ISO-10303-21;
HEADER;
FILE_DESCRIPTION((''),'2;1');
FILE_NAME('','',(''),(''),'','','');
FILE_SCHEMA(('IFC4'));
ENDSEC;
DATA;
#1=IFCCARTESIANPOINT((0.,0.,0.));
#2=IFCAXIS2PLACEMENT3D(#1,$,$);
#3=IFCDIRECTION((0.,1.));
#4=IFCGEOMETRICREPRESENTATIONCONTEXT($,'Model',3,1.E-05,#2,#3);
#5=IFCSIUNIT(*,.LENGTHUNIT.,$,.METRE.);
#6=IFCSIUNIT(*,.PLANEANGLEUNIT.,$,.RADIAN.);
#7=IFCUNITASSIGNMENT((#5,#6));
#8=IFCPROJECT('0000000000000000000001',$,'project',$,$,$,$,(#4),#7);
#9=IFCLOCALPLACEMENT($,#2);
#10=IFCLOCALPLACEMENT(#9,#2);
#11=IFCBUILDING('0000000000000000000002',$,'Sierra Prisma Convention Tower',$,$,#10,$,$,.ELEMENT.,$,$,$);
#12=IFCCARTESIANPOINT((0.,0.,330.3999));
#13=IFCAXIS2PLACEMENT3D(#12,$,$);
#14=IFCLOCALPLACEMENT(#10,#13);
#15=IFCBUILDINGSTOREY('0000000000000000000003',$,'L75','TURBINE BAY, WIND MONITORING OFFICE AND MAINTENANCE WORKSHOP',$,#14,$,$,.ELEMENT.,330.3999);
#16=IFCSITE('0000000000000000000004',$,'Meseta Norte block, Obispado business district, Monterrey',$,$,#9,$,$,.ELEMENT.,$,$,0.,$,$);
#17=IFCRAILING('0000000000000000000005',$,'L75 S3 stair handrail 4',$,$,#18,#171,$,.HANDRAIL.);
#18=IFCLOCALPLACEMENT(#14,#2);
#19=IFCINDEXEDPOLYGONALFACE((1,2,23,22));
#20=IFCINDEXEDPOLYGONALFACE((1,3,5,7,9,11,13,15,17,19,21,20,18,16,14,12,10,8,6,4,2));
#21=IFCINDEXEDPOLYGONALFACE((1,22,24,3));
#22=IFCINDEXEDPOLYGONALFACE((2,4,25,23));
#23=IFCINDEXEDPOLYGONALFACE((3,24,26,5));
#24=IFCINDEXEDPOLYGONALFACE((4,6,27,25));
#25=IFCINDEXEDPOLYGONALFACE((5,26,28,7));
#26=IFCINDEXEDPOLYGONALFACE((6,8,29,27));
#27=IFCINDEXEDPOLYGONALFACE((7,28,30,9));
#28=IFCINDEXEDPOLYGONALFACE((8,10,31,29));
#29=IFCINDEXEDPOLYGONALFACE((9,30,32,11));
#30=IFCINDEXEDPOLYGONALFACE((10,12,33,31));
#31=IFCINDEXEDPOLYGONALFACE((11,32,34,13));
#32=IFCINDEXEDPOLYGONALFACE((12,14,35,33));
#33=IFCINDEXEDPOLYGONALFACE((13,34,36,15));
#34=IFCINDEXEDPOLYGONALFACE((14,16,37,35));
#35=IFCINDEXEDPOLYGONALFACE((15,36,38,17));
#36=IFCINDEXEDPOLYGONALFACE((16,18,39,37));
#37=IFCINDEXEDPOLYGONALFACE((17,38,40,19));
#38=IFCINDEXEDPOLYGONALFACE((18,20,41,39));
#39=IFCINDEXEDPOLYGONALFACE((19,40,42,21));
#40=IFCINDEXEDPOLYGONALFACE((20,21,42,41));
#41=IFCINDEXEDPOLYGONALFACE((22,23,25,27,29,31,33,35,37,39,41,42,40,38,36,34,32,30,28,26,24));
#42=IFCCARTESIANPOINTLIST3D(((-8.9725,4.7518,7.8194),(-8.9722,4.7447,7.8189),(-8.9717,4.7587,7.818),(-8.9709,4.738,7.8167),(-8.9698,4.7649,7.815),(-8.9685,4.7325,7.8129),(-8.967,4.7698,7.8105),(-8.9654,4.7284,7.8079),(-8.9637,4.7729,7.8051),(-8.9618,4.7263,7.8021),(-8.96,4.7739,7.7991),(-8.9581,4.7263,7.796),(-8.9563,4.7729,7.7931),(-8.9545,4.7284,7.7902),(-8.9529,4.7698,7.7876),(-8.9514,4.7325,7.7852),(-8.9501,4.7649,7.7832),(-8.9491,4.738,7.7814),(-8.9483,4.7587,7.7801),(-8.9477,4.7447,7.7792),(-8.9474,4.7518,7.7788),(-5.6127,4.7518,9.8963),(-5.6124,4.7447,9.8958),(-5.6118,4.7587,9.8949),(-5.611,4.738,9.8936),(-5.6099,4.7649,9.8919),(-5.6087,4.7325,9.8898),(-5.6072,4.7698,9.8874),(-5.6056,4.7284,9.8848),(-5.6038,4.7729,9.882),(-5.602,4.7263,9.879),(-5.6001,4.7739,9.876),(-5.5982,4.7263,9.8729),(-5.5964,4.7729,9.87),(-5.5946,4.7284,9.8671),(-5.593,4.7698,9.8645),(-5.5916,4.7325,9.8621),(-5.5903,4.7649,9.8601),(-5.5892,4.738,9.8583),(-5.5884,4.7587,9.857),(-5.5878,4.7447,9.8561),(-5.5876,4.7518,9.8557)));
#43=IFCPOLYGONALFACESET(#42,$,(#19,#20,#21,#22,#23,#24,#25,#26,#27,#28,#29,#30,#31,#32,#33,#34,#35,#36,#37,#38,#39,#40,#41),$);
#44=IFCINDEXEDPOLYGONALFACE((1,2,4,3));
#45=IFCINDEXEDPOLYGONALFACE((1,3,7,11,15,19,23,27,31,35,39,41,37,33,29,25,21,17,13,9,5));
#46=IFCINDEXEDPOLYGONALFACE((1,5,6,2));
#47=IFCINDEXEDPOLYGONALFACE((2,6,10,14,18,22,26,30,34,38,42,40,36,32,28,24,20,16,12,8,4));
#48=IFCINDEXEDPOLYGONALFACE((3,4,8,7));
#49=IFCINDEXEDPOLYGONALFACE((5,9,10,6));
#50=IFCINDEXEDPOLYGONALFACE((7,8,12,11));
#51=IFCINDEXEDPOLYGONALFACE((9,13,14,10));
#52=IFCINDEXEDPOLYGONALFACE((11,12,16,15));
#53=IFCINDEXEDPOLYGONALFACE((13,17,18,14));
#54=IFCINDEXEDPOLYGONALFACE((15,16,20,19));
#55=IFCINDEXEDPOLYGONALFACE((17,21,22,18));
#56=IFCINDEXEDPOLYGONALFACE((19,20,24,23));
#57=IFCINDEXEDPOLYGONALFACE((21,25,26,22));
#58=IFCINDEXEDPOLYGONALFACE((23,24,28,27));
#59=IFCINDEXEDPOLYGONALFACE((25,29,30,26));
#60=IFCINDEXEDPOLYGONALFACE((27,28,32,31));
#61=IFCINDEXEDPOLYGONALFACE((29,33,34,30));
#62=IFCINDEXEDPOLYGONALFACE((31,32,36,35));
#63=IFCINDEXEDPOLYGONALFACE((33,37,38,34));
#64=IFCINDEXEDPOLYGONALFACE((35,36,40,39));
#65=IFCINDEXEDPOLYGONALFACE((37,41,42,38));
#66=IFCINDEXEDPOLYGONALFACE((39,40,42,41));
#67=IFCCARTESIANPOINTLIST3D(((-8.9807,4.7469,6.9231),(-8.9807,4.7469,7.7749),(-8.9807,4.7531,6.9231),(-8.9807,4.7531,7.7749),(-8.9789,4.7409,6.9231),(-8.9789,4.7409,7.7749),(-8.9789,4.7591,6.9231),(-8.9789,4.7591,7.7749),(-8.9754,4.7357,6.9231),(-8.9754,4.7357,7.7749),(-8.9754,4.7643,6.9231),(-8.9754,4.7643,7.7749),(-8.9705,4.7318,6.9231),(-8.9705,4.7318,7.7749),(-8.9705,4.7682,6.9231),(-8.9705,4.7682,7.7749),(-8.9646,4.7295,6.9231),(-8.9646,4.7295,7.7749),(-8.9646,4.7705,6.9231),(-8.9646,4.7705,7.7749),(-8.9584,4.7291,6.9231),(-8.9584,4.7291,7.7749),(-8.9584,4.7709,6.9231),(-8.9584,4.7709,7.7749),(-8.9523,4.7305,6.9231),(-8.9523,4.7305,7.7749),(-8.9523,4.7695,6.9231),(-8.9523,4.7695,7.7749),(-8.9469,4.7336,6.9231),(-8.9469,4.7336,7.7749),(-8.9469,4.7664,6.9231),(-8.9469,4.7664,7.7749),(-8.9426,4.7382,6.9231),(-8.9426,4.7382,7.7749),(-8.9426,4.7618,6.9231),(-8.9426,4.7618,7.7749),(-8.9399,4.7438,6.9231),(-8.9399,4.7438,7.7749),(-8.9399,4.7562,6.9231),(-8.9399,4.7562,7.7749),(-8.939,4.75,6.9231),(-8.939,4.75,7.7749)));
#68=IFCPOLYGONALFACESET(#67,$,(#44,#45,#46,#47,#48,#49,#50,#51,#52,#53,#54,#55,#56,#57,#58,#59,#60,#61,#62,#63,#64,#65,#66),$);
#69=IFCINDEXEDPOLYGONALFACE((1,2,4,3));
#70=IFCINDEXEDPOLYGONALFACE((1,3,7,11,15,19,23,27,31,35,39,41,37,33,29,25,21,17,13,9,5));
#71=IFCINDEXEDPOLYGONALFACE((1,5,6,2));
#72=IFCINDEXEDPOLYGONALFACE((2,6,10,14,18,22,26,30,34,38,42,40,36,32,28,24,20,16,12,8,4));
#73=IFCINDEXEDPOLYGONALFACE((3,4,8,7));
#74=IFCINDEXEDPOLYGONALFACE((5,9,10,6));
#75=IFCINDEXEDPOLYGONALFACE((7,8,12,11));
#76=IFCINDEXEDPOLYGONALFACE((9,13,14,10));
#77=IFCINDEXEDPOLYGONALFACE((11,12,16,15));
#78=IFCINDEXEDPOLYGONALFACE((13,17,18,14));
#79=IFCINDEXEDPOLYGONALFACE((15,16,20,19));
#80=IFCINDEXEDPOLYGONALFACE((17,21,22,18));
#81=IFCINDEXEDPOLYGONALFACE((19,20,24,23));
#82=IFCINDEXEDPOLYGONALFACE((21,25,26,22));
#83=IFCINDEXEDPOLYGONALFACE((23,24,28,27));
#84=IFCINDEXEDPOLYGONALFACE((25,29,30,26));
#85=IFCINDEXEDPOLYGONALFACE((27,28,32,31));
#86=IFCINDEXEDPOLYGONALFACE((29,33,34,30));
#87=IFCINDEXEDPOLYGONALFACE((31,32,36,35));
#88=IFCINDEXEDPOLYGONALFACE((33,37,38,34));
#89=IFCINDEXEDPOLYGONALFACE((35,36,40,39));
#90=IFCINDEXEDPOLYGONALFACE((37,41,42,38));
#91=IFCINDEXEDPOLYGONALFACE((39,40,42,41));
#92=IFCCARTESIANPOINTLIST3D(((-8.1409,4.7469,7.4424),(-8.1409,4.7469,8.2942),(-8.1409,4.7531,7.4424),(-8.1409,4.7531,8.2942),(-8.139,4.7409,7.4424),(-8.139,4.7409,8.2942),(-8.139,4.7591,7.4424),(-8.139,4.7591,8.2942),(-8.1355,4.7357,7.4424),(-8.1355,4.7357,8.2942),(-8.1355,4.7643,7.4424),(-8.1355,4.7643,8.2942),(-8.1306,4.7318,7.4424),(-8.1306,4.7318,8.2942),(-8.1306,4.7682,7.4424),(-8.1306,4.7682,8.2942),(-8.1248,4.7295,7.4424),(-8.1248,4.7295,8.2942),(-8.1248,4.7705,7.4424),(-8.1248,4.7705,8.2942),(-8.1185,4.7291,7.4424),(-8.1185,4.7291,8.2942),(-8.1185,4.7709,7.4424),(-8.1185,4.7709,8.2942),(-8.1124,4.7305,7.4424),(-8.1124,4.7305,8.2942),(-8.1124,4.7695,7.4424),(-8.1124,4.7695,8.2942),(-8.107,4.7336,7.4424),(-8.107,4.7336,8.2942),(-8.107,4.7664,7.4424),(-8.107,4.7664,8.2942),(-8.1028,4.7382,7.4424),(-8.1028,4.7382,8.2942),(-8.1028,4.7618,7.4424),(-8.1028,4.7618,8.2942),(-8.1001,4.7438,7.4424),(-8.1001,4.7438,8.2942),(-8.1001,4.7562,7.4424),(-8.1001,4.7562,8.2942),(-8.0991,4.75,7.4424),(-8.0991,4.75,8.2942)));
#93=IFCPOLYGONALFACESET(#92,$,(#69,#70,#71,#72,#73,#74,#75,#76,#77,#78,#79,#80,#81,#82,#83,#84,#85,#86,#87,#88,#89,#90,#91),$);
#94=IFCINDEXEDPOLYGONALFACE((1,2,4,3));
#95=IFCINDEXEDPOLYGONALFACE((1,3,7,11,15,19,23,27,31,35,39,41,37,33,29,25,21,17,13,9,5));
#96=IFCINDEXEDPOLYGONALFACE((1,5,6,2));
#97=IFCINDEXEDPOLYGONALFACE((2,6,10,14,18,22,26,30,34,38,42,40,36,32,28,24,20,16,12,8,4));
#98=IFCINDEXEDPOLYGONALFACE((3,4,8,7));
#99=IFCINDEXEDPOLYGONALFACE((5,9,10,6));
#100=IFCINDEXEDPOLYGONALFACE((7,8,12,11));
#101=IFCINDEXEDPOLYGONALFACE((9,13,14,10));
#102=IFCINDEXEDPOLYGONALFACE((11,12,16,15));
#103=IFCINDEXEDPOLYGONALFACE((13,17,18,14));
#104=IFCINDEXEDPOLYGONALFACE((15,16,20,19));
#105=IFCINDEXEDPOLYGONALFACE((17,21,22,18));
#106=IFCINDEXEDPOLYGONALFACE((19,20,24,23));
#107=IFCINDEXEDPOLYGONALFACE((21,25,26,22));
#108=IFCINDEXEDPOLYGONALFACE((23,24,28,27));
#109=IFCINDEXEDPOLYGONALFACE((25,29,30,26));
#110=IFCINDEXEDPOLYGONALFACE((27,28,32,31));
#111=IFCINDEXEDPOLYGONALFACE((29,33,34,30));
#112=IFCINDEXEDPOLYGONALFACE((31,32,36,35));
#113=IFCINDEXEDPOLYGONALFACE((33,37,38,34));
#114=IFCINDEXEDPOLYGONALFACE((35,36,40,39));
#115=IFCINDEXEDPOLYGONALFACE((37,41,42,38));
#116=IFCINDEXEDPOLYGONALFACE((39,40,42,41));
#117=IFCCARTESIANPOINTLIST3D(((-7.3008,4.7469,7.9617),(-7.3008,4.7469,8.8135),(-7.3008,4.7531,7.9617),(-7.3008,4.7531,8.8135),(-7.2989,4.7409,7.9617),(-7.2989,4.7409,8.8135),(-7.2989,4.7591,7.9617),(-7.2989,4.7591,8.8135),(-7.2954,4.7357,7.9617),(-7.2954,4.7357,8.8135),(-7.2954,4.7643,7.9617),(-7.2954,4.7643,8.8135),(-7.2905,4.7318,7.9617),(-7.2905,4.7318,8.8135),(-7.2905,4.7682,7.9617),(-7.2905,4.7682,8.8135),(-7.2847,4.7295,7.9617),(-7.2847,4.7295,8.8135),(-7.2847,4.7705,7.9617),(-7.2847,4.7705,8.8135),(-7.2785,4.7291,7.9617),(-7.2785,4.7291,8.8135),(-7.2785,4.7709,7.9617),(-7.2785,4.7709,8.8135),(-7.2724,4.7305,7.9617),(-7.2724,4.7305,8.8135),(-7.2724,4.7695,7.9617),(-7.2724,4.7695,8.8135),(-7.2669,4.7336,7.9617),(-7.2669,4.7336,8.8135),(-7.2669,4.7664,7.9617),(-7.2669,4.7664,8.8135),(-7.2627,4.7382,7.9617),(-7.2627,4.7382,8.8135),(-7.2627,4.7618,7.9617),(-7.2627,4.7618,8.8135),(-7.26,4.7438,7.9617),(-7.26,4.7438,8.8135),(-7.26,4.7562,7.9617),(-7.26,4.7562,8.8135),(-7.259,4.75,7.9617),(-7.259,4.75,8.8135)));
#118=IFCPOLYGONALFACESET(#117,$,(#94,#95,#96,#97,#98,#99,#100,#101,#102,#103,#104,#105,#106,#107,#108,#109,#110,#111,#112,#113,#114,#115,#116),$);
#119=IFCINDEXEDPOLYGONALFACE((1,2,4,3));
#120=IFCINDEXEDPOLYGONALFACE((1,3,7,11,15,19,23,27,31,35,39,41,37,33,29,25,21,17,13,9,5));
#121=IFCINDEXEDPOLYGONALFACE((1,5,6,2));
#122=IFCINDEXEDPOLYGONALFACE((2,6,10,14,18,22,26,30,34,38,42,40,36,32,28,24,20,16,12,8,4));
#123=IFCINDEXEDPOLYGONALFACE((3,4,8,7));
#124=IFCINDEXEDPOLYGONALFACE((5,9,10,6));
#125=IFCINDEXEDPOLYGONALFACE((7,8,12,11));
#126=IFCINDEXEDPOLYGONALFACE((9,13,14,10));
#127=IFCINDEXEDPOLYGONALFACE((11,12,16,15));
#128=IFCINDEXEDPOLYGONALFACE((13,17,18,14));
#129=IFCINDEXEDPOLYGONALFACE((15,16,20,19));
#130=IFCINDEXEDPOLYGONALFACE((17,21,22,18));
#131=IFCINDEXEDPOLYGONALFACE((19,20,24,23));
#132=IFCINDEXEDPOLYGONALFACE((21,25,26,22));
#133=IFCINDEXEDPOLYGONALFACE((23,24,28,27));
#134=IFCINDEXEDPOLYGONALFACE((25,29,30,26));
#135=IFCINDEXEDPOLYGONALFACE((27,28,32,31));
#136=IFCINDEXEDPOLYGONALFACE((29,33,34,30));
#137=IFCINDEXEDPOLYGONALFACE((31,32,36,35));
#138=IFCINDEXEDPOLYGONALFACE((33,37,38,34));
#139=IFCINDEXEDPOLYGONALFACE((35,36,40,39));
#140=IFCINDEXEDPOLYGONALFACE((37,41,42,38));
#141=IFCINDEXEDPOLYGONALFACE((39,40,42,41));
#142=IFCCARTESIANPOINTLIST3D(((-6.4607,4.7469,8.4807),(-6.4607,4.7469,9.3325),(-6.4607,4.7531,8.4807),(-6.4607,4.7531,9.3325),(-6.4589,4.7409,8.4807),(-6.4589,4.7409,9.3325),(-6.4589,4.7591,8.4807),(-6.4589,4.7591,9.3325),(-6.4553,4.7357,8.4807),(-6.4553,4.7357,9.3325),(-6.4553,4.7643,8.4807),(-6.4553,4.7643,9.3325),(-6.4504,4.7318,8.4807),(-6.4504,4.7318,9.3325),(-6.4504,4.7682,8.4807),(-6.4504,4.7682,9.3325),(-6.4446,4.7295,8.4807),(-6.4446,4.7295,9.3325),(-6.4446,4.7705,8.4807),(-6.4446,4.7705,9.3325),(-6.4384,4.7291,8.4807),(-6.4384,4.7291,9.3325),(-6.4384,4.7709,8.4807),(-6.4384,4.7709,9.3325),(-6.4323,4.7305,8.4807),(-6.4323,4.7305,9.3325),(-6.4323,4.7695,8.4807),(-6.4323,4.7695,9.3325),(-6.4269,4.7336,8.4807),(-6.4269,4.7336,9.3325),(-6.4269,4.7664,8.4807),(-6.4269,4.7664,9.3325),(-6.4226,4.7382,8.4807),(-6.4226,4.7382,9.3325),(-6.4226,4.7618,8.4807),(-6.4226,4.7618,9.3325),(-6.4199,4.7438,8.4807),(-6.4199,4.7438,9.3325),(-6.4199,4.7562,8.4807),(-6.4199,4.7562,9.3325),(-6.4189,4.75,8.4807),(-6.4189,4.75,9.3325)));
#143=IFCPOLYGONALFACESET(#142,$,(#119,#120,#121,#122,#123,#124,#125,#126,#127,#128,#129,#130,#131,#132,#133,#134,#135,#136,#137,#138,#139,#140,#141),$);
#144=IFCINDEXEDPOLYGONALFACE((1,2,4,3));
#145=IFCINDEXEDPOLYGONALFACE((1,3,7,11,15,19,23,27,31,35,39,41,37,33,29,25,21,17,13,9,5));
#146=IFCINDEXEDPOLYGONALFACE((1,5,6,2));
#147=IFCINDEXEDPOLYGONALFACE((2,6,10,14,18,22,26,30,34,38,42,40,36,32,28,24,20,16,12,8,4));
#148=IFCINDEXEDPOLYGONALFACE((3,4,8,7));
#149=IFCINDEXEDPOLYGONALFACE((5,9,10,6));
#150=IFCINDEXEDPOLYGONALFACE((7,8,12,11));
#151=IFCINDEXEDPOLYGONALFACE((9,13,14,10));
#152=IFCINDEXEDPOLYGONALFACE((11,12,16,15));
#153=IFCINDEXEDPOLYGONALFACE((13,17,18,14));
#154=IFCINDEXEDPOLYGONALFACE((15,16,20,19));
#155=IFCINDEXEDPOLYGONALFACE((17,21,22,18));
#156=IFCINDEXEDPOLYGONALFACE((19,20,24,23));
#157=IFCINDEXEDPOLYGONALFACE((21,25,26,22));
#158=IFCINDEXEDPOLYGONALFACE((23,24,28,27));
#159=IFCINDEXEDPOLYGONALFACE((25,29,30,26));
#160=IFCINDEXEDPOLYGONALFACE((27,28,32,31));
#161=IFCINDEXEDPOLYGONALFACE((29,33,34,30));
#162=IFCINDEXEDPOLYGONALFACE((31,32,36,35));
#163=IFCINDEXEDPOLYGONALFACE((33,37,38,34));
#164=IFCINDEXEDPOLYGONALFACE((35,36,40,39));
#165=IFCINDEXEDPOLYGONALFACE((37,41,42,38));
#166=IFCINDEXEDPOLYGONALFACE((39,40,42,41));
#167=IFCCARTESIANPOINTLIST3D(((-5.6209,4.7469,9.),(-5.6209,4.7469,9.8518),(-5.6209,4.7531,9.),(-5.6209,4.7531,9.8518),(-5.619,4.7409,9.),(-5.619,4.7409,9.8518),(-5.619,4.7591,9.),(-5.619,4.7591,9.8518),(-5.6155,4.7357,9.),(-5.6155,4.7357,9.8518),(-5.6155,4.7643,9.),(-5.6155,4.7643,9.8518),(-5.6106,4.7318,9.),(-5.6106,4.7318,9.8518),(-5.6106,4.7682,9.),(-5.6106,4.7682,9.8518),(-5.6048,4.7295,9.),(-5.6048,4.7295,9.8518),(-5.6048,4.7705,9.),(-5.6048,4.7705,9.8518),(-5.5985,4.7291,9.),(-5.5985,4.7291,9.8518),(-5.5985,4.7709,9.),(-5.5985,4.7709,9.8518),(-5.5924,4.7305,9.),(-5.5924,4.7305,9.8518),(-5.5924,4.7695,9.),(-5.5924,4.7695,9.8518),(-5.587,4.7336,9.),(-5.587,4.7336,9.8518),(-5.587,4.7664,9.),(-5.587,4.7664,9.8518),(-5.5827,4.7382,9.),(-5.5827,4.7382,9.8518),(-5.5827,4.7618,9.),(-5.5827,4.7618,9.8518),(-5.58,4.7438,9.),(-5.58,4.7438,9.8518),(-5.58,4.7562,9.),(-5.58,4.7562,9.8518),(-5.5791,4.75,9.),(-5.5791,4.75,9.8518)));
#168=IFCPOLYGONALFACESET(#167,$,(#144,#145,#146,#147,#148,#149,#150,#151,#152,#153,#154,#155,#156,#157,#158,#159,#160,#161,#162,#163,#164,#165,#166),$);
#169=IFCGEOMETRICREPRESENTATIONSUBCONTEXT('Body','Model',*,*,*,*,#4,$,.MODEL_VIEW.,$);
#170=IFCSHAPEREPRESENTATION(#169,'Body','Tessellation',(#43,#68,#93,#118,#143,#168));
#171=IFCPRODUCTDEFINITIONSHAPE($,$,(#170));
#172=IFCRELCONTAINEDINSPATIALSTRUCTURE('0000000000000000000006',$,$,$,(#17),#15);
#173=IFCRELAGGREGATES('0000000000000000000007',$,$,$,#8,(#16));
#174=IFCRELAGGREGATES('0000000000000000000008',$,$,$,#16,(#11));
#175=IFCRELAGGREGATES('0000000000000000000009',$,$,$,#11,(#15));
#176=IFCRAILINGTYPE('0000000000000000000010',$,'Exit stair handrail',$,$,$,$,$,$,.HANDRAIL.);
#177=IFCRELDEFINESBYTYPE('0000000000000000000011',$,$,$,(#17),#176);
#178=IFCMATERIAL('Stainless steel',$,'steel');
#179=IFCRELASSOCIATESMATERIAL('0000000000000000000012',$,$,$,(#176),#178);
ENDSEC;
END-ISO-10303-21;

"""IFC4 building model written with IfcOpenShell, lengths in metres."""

from ifc_helpers import new_model, si_unit, direction, frame, origin, origin_2d, place, context, subcontext, project, spatial, circle, extrude, material, type_object, element, save


model = new_model("IFC4")

# Units and contexts
model_context = context("Model", 3, precision=1e-05, world=origin(), true_north=direction((0.0, 1.0)))
body_context = subcontext(model_context, "Body", "Model", "MODEL_VIEW")
ifc_project = project(units=[si_unit("LENGTHUNIT", "METRE"), si_unit("PLANEANGLEUNIT", "RADIAN")], contexts=[model_context])

# Site, building, storey
site_placement = place(None, origin())
site = spatial("IfcSite", under=ifc_project, at=site_placement, Name="Meseta Norte block, Obispado business district, Monterrey", CompositionType="ELEMENT", RefElevation=0.0)
building_placement = place(site_placement, origin())
building = spatial("IfcBuilding", under=site, at=building_placement, Name="Sierra Prisma Convention Tower", CompositionType="ELEMENT")
storey_placement = place(building_placement, frame((0.0, 0.0, 330.3999)))
storey = spatial("IfcBuildingStorey", under=building, at=storey_placement, Name="L75", Description="TURBINE BAY, WIND MONITORING OFFICE AND MAINTENANCE WORKSHOP", CompositionType="ELEMENT", Elevation=330.3999)

# Railing
ifc_material_1 = material(Name="Stainless steel", Category="steel")
railing_type_1 = type_object("IfcRailingType", Name="Exit stair handrail", PredefinedType="HANDRAIL", material=ifc_material_1)
for number, where, name in (
    (1, (-8.96, 4.75, 6.9231), "L75 S3 stair handrail 4"),
):
    element("IfcRailing", number, at=place(storey_placement, frame(where)), inside=storey, type_object=railing_type_1, Name=name, PredefinedType="HANDRAIL", context=body_context, shape_type="SweptSolid", body=[
        extrude(circle(Radius=0.0239, at=origin_2d()), frame((0.0, 0.0, 0.876), z_axis=(0.850606, 0.0, 0.525803), x_axis=(0.0, 1.0, 0.0)), (0.0, 0.0, 1.0), 3.95),
        extrude(circle(Radius=0.021, at=origin_2d()), origin(), (0.0, 0.0, 1.0), 0.8518),
        extrude(circle(Radius=0.021, at=origin_2d()), frame((0.8398, 0.0, 0.5193)), (0.0, 0.0, 1.0), 0.8518),
        extrude(circle(Radius=0.021, at=origin_2d()), frame((1.6799, 0.0, 1.0386)), (0.0, 0.0, 1.0), 0.8518),
        extrude(circle(Radius=0.021, at=origin_2d()), frame((2.52, 0.0, 1.5576)), (0.0, 0.0, 1.0), 0.8518),
        extrude(circle(Radius=0.021, at=origin_2d()), frame((3.3599, 0.0, 2.0769)), (0.0, 0.0, 1.0), 0.8518),
    ])

save(model, "model.ifc")
